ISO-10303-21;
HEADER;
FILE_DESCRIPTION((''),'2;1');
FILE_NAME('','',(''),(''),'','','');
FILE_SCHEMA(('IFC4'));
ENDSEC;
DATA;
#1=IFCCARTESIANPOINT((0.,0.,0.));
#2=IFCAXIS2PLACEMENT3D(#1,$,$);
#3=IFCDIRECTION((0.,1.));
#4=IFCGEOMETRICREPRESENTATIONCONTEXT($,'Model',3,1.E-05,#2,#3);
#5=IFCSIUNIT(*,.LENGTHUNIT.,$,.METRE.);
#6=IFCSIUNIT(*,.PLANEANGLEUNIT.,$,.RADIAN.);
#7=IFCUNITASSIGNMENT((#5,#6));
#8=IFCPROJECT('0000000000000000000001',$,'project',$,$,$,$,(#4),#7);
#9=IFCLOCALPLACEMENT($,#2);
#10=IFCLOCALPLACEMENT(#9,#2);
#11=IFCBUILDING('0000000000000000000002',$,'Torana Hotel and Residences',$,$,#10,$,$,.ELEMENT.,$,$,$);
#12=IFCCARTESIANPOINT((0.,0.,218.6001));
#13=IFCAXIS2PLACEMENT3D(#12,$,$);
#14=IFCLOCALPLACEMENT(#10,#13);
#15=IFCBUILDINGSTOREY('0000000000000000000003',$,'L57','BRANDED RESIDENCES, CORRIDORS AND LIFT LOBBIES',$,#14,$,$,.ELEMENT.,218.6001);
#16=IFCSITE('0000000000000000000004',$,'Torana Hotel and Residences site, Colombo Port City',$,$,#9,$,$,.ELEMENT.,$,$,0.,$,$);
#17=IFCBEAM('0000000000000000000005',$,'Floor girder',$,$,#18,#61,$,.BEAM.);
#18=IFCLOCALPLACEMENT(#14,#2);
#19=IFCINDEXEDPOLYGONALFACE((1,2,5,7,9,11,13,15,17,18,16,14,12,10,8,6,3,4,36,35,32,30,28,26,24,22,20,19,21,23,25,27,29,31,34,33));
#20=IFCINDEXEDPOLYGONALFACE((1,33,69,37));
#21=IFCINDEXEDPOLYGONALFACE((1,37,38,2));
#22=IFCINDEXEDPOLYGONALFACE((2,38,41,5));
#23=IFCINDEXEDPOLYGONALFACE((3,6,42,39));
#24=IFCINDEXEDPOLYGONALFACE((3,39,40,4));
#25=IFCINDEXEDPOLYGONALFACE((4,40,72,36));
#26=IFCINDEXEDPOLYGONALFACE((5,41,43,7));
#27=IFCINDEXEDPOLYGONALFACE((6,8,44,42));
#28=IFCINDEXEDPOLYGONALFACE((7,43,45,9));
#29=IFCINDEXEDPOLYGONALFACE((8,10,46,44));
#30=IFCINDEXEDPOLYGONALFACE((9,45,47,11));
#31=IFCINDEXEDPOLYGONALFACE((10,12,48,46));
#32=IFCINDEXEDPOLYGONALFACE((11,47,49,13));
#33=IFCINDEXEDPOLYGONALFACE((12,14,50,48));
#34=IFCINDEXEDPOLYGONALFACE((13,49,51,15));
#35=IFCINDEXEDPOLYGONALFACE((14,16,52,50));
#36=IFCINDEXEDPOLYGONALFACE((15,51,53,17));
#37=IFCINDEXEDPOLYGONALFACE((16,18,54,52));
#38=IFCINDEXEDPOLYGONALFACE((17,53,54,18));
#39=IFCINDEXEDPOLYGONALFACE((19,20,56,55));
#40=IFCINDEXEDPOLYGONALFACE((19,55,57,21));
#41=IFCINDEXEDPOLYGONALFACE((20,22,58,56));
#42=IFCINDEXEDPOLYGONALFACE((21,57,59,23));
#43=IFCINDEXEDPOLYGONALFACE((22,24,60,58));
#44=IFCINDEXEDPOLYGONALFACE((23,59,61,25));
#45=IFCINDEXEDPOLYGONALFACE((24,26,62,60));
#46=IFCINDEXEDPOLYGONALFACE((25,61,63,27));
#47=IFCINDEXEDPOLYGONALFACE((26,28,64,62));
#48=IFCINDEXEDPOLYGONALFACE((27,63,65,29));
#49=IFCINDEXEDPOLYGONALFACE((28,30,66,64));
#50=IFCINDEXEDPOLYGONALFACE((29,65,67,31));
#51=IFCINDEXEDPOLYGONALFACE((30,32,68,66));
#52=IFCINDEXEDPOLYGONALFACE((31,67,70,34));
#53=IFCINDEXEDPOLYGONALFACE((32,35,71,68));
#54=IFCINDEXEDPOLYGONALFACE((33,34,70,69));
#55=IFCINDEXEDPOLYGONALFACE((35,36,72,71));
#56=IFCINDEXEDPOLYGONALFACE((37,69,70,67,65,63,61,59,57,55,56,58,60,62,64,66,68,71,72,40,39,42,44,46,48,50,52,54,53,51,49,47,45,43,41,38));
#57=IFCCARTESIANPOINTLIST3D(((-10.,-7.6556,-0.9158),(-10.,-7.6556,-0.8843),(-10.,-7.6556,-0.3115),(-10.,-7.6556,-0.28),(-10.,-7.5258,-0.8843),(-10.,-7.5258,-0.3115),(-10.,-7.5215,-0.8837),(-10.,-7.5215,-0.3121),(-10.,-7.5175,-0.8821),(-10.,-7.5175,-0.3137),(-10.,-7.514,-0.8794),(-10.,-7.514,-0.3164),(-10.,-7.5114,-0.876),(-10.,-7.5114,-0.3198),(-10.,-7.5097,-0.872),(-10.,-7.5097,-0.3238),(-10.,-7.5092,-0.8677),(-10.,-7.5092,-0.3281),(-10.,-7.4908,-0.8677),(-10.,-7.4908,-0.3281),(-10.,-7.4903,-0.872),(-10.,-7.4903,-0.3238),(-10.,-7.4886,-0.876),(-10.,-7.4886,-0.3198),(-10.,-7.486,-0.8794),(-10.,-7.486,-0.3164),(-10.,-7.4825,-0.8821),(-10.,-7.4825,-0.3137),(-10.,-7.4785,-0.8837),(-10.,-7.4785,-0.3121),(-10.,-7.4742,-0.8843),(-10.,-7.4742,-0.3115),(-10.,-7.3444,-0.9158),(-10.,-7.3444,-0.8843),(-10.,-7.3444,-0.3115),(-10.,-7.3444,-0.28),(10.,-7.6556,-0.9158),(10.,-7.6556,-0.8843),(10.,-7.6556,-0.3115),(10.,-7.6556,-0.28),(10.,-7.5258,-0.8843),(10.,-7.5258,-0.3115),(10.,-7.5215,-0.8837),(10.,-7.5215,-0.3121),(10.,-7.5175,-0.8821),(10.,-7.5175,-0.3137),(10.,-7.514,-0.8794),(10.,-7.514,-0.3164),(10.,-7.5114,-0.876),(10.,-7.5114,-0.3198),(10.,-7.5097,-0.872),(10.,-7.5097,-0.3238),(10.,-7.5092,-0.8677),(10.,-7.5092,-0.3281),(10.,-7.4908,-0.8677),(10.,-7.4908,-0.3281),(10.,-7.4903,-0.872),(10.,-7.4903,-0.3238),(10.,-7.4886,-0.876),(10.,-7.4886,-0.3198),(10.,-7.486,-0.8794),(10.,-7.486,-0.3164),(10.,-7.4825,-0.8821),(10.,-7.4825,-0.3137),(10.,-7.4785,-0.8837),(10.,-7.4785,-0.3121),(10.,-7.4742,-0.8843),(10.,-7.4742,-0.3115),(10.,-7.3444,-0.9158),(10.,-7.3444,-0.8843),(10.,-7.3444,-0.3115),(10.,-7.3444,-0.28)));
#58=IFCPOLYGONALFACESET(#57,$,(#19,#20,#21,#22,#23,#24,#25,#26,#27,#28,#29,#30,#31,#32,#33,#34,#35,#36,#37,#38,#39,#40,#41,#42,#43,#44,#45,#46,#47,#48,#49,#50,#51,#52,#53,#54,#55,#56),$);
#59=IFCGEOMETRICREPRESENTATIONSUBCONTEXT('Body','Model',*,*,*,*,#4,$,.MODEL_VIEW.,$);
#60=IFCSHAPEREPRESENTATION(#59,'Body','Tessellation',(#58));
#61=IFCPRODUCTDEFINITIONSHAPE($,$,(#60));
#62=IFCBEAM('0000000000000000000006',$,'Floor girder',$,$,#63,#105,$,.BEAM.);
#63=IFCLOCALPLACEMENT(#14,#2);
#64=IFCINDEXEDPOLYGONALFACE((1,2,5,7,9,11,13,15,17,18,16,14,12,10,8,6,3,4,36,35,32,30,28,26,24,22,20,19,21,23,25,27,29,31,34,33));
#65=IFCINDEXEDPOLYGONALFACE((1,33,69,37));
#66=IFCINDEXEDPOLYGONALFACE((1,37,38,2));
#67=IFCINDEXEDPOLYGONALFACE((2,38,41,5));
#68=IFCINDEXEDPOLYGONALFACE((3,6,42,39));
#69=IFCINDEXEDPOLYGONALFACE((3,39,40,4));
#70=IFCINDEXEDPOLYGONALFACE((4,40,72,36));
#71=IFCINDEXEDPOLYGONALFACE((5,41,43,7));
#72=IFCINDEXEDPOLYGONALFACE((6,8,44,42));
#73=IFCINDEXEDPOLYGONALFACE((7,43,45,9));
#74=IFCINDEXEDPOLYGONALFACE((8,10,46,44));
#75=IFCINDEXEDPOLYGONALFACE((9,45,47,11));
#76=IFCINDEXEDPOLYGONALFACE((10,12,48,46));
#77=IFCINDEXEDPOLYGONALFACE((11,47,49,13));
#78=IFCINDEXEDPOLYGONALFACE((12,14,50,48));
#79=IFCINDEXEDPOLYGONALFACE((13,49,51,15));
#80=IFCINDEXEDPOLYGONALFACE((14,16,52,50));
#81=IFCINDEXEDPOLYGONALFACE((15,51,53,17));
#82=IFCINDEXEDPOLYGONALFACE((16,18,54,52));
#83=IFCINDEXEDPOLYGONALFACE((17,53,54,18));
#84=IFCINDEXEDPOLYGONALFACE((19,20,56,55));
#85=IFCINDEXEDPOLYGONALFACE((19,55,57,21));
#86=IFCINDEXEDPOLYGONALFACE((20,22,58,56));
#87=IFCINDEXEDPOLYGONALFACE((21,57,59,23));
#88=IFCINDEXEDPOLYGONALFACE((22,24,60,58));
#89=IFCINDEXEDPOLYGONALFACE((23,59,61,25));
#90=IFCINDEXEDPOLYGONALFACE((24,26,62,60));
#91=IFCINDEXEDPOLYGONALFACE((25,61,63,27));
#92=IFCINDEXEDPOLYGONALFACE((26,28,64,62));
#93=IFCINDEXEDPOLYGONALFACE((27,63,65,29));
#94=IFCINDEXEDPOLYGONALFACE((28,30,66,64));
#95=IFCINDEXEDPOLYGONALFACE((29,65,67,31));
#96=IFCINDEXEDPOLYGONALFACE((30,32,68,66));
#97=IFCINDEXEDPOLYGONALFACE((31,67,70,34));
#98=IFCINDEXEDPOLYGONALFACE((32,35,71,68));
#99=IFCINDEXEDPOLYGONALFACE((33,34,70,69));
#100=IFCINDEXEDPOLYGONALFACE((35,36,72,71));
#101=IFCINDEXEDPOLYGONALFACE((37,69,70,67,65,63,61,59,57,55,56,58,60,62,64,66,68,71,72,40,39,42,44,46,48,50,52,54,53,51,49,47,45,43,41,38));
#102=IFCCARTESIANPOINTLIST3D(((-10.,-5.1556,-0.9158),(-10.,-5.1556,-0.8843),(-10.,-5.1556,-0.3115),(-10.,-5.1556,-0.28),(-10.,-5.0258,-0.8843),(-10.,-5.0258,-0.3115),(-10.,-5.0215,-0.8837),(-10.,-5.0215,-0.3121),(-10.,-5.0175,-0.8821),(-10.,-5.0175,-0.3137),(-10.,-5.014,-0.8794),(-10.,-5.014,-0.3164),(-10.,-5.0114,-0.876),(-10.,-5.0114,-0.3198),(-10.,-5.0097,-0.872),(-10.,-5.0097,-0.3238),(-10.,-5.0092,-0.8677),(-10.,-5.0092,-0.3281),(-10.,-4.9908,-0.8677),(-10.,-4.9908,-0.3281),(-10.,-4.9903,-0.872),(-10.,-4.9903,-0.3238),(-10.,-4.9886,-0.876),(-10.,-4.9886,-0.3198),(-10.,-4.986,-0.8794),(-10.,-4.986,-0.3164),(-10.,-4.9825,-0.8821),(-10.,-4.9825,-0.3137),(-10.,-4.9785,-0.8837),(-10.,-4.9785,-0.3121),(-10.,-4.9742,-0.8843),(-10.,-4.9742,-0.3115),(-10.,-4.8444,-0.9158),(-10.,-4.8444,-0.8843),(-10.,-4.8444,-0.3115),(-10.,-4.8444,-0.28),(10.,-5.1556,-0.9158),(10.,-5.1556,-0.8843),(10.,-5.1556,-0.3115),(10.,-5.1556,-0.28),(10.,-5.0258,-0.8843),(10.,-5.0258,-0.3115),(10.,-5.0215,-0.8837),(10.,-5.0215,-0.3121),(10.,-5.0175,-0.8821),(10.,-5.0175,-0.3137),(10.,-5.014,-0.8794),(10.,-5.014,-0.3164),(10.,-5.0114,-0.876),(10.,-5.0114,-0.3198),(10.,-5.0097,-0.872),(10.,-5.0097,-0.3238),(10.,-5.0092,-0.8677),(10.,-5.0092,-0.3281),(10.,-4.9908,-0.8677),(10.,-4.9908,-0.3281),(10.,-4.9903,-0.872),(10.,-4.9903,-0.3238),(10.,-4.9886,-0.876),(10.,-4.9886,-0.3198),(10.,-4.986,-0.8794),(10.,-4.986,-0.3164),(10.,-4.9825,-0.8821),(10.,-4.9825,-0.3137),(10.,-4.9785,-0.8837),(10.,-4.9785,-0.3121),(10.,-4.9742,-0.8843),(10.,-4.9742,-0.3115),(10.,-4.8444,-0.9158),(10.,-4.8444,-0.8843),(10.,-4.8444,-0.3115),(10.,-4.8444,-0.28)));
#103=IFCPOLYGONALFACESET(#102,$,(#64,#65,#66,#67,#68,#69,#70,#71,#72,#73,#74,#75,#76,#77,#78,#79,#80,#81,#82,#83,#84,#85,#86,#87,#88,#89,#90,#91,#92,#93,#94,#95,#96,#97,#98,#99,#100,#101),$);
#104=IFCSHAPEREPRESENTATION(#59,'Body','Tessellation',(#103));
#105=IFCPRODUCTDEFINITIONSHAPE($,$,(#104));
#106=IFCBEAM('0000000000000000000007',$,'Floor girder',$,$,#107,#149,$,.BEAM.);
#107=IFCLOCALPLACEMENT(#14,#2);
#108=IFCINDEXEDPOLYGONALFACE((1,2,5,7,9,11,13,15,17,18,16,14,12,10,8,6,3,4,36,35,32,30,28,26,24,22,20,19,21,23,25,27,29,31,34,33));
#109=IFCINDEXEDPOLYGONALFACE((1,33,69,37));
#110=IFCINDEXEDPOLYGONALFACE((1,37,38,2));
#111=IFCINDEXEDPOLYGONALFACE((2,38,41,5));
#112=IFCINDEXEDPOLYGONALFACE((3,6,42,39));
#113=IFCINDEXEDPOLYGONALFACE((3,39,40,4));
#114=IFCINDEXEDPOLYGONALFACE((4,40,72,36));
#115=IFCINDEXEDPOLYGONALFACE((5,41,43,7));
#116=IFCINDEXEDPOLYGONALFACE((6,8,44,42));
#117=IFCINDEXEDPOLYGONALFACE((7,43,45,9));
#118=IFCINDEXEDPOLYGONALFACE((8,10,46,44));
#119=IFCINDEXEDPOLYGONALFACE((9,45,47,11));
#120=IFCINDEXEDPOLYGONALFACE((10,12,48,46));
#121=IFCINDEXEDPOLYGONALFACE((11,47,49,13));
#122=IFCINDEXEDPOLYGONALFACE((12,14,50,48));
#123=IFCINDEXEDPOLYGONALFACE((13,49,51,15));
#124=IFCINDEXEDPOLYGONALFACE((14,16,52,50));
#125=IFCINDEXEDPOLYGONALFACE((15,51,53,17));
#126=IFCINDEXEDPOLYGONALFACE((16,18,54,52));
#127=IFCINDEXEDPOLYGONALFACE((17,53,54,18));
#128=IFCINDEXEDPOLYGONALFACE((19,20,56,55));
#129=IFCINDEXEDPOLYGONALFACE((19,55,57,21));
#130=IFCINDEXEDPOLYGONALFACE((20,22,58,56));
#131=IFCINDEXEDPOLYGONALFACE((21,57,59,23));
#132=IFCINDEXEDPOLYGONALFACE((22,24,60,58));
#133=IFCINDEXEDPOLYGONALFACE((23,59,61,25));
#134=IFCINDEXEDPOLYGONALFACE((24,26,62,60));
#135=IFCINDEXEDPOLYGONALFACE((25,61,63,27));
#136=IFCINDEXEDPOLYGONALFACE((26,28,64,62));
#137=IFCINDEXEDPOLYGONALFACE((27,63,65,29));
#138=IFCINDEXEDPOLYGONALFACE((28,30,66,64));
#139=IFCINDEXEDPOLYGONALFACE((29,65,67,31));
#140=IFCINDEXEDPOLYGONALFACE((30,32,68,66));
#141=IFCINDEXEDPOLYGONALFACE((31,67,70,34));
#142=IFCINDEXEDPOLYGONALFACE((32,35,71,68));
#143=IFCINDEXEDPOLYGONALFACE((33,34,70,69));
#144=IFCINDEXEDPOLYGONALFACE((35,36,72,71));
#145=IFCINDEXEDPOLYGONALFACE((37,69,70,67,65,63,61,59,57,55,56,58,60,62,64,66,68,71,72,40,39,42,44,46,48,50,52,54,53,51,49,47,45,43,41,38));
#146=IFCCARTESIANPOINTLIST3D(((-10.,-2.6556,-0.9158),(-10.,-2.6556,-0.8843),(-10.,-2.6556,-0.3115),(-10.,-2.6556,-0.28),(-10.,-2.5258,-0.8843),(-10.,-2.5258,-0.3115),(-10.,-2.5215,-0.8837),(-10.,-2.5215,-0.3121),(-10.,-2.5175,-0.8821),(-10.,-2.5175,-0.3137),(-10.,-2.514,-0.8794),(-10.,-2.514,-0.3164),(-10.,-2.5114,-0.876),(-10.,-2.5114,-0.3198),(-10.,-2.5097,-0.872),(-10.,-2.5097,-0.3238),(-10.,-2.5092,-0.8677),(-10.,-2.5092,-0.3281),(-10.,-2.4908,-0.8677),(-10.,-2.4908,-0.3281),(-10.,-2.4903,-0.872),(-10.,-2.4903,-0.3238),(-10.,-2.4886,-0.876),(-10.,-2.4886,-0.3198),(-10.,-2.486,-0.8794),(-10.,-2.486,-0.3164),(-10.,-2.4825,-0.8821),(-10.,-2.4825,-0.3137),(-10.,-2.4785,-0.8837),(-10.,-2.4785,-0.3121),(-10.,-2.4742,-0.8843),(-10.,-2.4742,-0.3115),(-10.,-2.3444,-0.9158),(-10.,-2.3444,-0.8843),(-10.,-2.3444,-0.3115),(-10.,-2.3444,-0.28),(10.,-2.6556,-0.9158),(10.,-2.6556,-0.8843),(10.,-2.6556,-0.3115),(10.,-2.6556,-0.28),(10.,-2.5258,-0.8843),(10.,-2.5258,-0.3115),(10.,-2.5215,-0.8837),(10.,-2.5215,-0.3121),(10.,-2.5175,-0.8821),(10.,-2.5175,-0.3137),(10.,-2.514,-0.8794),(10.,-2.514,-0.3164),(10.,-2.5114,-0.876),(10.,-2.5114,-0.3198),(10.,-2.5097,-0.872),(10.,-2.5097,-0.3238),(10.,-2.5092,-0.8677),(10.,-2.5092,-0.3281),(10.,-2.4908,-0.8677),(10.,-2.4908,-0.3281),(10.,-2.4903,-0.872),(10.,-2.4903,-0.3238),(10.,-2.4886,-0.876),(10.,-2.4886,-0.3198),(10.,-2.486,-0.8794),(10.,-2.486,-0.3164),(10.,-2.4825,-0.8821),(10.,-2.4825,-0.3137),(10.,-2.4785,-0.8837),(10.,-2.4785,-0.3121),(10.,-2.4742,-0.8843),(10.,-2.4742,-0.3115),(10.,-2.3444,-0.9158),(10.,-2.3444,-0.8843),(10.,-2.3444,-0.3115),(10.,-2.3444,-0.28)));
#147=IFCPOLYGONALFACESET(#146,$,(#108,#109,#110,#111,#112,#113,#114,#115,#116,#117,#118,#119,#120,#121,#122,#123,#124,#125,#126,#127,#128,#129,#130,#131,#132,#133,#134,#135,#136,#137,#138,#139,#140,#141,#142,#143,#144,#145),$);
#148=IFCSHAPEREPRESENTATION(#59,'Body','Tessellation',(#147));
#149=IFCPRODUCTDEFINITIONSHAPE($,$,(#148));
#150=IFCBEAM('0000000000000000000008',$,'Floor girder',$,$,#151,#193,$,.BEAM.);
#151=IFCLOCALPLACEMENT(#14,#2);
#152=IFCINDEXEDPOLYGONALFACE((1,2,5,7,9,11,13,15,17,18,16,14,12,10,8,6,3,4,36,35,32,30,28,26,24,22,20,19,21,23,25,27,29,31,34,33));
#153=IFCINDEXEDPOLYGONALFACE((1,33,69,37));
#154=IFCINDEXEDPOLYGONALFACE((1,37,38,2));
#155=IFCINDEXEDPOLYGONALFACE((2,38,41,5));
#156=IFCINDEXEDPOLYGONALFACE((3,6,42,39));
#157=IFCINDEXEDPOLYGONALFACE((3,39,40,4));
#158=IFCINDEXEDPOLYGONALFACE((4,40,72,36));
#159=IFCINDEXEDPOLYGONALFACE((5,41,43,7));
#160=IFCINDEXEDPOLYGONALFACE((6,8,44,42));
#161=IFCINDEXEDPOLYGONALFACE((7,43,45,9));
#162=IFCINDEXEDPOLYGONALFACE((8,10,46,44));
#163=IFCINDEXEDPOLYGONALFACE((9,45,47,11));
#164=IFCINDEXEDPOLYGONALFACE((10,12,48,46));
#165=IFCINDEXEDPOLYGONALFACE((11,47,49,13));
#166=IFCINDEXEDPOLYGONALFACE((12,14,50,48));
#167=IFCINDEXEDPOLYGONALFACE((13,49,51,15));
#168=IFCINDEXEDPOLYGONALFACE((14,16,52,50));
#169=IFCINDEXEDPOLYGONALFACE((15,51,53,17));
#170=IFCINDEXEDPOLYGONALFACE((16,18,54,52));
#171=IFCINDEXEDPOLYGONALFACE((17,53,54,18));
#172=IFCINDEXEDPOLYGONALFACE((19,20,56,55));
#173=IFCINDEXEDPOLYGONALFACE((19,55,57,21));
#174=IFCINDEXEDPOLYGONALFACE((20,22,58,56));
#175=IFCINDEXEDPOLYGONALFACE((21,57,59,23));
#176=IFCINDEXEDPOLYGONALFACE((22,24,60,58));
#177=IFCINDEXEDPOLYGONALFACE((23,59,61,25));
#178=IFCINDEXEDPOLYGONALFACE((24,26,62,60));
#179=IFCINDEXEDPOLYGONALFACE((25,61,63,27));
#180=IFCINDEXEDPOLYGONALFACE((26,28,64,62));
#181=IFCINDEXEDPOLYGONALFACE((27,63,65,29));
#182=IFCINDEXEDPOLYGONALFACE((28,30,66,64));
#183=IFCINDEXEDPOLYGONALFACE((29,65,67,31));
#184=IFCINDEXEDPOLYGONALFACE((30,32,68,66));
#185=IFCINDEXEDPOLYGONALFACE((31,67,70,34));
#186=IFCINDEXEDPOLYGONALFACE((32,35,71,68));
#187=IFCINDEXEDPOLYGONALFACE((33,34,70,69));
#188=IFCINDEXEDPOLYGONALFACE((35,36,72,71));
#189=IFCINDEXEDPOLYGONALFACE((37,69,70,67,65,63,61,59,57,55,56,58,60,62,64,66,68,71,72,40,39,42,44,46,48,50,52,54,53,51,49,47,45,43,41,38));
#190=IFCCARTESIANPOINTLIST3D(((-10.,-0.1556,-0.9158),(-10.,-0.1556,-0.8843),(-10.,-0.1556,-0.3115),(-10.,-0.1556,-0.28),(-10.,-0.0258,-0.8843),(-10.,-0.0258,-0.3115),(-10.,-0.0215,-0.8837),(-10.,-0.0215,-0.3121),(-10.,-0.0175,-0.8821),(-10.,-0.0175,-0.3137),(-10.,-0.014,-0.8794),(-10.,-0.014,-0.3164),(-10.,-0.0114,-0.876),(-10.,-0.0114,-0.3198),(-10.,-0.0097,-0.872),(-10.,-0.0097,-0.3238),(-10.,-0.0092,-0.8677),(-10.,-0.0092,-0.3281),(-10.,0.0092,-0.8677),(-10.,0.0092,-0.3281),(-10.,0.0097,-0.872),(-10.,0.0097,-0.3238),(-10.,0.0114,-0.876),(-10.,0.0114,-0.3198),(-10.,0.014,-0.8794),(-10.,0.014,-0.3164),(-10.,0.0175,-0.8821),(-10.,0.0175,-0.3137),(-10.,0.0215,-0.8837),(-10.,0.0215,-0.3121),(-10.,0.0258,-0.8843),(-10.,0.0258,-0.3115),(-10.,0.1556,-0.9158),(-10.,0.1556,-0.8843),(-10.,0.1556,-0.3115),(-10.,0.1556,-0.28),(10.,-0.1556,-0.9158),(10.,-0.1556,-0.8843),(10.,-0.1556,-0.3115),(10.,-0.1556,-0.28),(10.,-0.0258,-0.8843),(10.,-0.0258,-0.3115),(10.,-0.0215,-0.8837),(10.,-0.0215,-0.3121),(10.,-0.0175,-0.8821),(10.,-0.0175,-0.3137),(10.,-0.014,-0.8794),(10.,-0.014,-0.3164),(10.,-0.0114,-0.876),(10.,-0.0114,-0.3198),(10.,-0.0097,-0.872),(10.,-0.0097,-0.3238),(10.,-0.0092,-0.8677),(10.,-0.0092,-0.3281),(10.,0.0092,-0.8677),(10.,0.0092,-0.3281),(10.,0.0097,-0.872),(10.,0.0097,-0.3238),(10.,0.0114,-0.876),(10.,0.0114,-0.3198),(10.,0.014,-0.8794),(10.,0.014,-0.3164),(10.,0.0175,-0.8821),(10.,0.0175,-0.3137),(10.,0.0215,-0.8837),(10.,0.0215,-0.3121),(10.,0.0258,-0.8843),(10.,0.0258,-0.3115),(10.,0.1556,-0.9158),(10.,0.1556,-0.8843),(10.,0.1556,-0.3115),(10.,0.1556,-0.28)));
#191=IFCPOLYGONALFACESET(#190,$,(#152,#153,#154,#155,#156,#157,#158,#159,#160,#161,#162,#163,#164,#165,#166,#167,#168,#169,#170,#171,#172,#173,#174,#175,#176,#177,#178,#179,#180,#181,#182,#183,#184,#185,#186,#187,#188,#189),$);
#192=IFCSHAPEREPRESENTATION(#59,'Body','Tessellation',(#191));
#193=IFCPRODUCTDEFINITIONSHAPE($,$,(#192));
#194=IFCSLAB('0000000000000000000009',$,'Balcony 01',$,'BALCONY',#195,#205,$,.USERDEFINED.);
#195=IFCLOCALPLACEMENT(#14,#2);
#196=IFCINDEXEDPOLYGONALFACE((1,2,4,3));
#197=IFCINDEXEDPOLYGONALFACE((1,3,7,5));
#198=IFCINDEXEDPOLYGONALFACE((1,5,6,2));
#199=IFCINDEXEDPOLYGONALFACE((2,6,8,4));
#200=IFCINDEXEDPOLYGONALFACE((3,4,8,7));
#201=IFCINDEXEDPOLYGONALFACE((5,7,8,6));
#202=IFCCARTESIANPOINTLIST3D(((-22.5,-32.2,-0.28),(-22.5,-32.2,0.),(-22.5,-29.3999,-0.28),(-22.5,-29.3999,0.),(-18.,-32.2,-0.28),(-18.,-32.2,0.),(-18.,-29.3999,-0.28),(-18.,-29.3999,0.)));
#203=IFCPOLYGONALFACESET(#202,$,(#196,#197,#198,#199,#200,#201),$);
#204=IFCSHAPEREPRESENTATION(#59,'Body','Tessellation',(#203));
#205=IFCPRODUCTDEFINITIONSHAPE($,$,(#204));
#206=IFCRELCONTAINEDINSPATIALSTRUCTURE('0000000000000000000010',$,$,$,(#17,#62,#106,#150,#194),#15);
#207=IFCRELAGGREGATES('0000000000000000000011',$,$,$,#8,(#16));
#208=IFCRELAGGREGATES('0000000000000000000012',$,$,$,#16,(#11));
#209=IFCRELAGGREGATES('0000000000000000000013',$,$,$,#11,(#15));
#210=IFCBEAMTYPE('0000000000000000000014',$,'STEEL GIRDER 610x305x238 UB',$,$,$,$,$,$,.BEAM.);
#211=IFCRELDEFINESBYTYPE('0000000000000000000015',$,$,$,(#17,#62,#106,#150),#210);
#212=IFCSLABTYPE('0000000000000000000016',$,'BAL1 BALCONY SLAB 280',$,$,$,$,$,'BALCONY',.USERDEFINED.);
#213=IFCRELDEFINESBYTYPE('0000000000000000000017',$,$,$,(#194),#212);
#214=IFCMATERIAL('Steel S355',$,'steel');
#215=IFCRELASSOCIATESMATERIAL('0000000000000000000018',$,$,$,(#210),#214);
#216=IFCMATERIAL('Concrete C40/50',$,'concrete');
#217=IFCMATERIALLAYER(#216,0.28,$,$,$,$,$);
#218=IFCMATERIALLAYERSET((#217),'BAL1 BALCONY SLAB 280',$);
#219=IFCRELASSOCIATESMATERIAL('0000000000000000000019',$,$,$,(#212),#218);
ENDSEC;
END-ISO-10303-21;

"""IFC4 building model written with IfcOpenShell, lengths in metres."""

from ifc_helpers import new_model, si_unit, direction, frame, origin, origin_2d, place, context, subcontext, project, spatial, polyline, i_section, outline, extrude, material, layer, layer_set, material_profile, profile_set, type_object, element, save


model = new_model("IFC4")

# Units and contexts
model_context = context("Model", 3, precision=1e-05, world=origin(), true_north=direction((0.0, 1.0)))
body_context = subcontext(model_context, "Body", "Model", "MODEL_VIEW")
ifc_project = project(units=[si_unit("LENGTHUNIT", "METRE"), si_unit("PLANEANGLEUNIT", "RADIAN")], contexts=[model_context])

# Site, building, storey
site_placement = place(None, origin())
site = spatial("IfcSite", under=ifc_project, at=site_placement, Name="Torana Hotel and Residences site, Colombo Port City", CompositionType="ELEMENT", RefElevation=0.0)
building_placement = place(site_placement, origin())
building = spatial("IfcBuilding", under=site, at=building_placement, Name="Torana Hotel and Residences", CompositionType="ELEMENT")
storey_placement = place(building_placement, frame((0.0, 0.0, 218.6001)))
storey = spatial("IfcBuildingStorey", under=building, at=storey_placement, Name="L57", Description="BRANDED RESIDENCES, CORRIDORS AND LIFT LOBBIES", CompositionType="ELEMENT", Elevation=218.6001)

# Beams
ifc_material_1 = material(Name="Steel S355", Category="steel")
ifc_material_profile = material_profile(ifc_material_1, i_section(OverallWidth=0.3113, OverallDepth=0.6357, WebThickness=0.0183, FlangeThickness=0.0315, FilletRadius=0.0166, at=origin_2d()), Name="610x305x238 UB")
ifc_profile_set = profile_set([ifc_material_profile], Name="Steel S355")
beam_type = type_object("IfcBeamType", Name="STEEL GIRDER 610x305x238 UB", PredefinedType="BEAM", material=ifc_profile_set)
for number, where, z_axis, x_axis, name in (
    (1, (-10.0, -7.5, -0.5979), (1.0, 0.0, 0.0), (0.0, 1.0, 0.0), "Floor girder"),
    (2, (-10.0, -5.0, -0.5979), (1.0, 0.0, 0.0), (0.0, 1.0, 0.0), "Floor girder"),
    (3, (-10.0, -2.5, -0.5979), (1.0, 0.0, 0.0), (0.0, 1.0, 0.0), "Floor girder"),
    (4, (-10.0, 0.0, -0.5979), (1.0, 0.0, 0.0), (0.0, 1.0, 0.0), "Floor girder"),
):
    element("IfcBeam", number, at=place(storey_placement, frame(where, z_axis=z_axis, x_axis=x_axis)), inside=storey, type_object=beam_type, Name=name, PredefinedType="BEAM", context=body_context, shape_type="SweptSolid", body=[
        extrude(i_section(OverallWidth=0.3113, OverallDepth=0.6357, WebThickness=0.0183, FlangeThickness=0.0315, FilletRadius=0.0166, at=origin_2d()), origin(), (0.0, 0.0, 1.0), 20.0),
    ])

# Slab
ifc_material_2 = material(Name="Concrete C40/50", Category="concrete")
ifc_layer_1 = layer(ifc_material_2, 0.28)
ifc_layer_set_1 = layer_set([ifc_layer_1], Name="BAL1 BALCONY SLAB 280")
slab_type_1 = type_object("IfcSlabType", Name="BAL1 BALCONY SLAB 280", ElementType="BALCONY", PredefinedType="USERDEFINED", material=ifc_layer_set_1)
slab_1_placement = place(storey_placement, frame((0.0, 0.0, -0.28)))
element("IfcSlab", 5, at=slab_1_placement, inside=storey, type_object=slab_type_1, Name="Balcony 01", ObjectType="BALCONY", PredefinedType="USERDEFINED", context=body_context, shape_type="SweptSolid", body=[
    extrude(outline(polyline([(-22.5, -32.2), (-18.0, -32.2), (-18.0, -29.3999), (-22.5, -29.3999), (-22.5, -32.2)])), origin(), (0.0, 0.0, 1.0), 0.28),
])

save(model, "model.ifc")
